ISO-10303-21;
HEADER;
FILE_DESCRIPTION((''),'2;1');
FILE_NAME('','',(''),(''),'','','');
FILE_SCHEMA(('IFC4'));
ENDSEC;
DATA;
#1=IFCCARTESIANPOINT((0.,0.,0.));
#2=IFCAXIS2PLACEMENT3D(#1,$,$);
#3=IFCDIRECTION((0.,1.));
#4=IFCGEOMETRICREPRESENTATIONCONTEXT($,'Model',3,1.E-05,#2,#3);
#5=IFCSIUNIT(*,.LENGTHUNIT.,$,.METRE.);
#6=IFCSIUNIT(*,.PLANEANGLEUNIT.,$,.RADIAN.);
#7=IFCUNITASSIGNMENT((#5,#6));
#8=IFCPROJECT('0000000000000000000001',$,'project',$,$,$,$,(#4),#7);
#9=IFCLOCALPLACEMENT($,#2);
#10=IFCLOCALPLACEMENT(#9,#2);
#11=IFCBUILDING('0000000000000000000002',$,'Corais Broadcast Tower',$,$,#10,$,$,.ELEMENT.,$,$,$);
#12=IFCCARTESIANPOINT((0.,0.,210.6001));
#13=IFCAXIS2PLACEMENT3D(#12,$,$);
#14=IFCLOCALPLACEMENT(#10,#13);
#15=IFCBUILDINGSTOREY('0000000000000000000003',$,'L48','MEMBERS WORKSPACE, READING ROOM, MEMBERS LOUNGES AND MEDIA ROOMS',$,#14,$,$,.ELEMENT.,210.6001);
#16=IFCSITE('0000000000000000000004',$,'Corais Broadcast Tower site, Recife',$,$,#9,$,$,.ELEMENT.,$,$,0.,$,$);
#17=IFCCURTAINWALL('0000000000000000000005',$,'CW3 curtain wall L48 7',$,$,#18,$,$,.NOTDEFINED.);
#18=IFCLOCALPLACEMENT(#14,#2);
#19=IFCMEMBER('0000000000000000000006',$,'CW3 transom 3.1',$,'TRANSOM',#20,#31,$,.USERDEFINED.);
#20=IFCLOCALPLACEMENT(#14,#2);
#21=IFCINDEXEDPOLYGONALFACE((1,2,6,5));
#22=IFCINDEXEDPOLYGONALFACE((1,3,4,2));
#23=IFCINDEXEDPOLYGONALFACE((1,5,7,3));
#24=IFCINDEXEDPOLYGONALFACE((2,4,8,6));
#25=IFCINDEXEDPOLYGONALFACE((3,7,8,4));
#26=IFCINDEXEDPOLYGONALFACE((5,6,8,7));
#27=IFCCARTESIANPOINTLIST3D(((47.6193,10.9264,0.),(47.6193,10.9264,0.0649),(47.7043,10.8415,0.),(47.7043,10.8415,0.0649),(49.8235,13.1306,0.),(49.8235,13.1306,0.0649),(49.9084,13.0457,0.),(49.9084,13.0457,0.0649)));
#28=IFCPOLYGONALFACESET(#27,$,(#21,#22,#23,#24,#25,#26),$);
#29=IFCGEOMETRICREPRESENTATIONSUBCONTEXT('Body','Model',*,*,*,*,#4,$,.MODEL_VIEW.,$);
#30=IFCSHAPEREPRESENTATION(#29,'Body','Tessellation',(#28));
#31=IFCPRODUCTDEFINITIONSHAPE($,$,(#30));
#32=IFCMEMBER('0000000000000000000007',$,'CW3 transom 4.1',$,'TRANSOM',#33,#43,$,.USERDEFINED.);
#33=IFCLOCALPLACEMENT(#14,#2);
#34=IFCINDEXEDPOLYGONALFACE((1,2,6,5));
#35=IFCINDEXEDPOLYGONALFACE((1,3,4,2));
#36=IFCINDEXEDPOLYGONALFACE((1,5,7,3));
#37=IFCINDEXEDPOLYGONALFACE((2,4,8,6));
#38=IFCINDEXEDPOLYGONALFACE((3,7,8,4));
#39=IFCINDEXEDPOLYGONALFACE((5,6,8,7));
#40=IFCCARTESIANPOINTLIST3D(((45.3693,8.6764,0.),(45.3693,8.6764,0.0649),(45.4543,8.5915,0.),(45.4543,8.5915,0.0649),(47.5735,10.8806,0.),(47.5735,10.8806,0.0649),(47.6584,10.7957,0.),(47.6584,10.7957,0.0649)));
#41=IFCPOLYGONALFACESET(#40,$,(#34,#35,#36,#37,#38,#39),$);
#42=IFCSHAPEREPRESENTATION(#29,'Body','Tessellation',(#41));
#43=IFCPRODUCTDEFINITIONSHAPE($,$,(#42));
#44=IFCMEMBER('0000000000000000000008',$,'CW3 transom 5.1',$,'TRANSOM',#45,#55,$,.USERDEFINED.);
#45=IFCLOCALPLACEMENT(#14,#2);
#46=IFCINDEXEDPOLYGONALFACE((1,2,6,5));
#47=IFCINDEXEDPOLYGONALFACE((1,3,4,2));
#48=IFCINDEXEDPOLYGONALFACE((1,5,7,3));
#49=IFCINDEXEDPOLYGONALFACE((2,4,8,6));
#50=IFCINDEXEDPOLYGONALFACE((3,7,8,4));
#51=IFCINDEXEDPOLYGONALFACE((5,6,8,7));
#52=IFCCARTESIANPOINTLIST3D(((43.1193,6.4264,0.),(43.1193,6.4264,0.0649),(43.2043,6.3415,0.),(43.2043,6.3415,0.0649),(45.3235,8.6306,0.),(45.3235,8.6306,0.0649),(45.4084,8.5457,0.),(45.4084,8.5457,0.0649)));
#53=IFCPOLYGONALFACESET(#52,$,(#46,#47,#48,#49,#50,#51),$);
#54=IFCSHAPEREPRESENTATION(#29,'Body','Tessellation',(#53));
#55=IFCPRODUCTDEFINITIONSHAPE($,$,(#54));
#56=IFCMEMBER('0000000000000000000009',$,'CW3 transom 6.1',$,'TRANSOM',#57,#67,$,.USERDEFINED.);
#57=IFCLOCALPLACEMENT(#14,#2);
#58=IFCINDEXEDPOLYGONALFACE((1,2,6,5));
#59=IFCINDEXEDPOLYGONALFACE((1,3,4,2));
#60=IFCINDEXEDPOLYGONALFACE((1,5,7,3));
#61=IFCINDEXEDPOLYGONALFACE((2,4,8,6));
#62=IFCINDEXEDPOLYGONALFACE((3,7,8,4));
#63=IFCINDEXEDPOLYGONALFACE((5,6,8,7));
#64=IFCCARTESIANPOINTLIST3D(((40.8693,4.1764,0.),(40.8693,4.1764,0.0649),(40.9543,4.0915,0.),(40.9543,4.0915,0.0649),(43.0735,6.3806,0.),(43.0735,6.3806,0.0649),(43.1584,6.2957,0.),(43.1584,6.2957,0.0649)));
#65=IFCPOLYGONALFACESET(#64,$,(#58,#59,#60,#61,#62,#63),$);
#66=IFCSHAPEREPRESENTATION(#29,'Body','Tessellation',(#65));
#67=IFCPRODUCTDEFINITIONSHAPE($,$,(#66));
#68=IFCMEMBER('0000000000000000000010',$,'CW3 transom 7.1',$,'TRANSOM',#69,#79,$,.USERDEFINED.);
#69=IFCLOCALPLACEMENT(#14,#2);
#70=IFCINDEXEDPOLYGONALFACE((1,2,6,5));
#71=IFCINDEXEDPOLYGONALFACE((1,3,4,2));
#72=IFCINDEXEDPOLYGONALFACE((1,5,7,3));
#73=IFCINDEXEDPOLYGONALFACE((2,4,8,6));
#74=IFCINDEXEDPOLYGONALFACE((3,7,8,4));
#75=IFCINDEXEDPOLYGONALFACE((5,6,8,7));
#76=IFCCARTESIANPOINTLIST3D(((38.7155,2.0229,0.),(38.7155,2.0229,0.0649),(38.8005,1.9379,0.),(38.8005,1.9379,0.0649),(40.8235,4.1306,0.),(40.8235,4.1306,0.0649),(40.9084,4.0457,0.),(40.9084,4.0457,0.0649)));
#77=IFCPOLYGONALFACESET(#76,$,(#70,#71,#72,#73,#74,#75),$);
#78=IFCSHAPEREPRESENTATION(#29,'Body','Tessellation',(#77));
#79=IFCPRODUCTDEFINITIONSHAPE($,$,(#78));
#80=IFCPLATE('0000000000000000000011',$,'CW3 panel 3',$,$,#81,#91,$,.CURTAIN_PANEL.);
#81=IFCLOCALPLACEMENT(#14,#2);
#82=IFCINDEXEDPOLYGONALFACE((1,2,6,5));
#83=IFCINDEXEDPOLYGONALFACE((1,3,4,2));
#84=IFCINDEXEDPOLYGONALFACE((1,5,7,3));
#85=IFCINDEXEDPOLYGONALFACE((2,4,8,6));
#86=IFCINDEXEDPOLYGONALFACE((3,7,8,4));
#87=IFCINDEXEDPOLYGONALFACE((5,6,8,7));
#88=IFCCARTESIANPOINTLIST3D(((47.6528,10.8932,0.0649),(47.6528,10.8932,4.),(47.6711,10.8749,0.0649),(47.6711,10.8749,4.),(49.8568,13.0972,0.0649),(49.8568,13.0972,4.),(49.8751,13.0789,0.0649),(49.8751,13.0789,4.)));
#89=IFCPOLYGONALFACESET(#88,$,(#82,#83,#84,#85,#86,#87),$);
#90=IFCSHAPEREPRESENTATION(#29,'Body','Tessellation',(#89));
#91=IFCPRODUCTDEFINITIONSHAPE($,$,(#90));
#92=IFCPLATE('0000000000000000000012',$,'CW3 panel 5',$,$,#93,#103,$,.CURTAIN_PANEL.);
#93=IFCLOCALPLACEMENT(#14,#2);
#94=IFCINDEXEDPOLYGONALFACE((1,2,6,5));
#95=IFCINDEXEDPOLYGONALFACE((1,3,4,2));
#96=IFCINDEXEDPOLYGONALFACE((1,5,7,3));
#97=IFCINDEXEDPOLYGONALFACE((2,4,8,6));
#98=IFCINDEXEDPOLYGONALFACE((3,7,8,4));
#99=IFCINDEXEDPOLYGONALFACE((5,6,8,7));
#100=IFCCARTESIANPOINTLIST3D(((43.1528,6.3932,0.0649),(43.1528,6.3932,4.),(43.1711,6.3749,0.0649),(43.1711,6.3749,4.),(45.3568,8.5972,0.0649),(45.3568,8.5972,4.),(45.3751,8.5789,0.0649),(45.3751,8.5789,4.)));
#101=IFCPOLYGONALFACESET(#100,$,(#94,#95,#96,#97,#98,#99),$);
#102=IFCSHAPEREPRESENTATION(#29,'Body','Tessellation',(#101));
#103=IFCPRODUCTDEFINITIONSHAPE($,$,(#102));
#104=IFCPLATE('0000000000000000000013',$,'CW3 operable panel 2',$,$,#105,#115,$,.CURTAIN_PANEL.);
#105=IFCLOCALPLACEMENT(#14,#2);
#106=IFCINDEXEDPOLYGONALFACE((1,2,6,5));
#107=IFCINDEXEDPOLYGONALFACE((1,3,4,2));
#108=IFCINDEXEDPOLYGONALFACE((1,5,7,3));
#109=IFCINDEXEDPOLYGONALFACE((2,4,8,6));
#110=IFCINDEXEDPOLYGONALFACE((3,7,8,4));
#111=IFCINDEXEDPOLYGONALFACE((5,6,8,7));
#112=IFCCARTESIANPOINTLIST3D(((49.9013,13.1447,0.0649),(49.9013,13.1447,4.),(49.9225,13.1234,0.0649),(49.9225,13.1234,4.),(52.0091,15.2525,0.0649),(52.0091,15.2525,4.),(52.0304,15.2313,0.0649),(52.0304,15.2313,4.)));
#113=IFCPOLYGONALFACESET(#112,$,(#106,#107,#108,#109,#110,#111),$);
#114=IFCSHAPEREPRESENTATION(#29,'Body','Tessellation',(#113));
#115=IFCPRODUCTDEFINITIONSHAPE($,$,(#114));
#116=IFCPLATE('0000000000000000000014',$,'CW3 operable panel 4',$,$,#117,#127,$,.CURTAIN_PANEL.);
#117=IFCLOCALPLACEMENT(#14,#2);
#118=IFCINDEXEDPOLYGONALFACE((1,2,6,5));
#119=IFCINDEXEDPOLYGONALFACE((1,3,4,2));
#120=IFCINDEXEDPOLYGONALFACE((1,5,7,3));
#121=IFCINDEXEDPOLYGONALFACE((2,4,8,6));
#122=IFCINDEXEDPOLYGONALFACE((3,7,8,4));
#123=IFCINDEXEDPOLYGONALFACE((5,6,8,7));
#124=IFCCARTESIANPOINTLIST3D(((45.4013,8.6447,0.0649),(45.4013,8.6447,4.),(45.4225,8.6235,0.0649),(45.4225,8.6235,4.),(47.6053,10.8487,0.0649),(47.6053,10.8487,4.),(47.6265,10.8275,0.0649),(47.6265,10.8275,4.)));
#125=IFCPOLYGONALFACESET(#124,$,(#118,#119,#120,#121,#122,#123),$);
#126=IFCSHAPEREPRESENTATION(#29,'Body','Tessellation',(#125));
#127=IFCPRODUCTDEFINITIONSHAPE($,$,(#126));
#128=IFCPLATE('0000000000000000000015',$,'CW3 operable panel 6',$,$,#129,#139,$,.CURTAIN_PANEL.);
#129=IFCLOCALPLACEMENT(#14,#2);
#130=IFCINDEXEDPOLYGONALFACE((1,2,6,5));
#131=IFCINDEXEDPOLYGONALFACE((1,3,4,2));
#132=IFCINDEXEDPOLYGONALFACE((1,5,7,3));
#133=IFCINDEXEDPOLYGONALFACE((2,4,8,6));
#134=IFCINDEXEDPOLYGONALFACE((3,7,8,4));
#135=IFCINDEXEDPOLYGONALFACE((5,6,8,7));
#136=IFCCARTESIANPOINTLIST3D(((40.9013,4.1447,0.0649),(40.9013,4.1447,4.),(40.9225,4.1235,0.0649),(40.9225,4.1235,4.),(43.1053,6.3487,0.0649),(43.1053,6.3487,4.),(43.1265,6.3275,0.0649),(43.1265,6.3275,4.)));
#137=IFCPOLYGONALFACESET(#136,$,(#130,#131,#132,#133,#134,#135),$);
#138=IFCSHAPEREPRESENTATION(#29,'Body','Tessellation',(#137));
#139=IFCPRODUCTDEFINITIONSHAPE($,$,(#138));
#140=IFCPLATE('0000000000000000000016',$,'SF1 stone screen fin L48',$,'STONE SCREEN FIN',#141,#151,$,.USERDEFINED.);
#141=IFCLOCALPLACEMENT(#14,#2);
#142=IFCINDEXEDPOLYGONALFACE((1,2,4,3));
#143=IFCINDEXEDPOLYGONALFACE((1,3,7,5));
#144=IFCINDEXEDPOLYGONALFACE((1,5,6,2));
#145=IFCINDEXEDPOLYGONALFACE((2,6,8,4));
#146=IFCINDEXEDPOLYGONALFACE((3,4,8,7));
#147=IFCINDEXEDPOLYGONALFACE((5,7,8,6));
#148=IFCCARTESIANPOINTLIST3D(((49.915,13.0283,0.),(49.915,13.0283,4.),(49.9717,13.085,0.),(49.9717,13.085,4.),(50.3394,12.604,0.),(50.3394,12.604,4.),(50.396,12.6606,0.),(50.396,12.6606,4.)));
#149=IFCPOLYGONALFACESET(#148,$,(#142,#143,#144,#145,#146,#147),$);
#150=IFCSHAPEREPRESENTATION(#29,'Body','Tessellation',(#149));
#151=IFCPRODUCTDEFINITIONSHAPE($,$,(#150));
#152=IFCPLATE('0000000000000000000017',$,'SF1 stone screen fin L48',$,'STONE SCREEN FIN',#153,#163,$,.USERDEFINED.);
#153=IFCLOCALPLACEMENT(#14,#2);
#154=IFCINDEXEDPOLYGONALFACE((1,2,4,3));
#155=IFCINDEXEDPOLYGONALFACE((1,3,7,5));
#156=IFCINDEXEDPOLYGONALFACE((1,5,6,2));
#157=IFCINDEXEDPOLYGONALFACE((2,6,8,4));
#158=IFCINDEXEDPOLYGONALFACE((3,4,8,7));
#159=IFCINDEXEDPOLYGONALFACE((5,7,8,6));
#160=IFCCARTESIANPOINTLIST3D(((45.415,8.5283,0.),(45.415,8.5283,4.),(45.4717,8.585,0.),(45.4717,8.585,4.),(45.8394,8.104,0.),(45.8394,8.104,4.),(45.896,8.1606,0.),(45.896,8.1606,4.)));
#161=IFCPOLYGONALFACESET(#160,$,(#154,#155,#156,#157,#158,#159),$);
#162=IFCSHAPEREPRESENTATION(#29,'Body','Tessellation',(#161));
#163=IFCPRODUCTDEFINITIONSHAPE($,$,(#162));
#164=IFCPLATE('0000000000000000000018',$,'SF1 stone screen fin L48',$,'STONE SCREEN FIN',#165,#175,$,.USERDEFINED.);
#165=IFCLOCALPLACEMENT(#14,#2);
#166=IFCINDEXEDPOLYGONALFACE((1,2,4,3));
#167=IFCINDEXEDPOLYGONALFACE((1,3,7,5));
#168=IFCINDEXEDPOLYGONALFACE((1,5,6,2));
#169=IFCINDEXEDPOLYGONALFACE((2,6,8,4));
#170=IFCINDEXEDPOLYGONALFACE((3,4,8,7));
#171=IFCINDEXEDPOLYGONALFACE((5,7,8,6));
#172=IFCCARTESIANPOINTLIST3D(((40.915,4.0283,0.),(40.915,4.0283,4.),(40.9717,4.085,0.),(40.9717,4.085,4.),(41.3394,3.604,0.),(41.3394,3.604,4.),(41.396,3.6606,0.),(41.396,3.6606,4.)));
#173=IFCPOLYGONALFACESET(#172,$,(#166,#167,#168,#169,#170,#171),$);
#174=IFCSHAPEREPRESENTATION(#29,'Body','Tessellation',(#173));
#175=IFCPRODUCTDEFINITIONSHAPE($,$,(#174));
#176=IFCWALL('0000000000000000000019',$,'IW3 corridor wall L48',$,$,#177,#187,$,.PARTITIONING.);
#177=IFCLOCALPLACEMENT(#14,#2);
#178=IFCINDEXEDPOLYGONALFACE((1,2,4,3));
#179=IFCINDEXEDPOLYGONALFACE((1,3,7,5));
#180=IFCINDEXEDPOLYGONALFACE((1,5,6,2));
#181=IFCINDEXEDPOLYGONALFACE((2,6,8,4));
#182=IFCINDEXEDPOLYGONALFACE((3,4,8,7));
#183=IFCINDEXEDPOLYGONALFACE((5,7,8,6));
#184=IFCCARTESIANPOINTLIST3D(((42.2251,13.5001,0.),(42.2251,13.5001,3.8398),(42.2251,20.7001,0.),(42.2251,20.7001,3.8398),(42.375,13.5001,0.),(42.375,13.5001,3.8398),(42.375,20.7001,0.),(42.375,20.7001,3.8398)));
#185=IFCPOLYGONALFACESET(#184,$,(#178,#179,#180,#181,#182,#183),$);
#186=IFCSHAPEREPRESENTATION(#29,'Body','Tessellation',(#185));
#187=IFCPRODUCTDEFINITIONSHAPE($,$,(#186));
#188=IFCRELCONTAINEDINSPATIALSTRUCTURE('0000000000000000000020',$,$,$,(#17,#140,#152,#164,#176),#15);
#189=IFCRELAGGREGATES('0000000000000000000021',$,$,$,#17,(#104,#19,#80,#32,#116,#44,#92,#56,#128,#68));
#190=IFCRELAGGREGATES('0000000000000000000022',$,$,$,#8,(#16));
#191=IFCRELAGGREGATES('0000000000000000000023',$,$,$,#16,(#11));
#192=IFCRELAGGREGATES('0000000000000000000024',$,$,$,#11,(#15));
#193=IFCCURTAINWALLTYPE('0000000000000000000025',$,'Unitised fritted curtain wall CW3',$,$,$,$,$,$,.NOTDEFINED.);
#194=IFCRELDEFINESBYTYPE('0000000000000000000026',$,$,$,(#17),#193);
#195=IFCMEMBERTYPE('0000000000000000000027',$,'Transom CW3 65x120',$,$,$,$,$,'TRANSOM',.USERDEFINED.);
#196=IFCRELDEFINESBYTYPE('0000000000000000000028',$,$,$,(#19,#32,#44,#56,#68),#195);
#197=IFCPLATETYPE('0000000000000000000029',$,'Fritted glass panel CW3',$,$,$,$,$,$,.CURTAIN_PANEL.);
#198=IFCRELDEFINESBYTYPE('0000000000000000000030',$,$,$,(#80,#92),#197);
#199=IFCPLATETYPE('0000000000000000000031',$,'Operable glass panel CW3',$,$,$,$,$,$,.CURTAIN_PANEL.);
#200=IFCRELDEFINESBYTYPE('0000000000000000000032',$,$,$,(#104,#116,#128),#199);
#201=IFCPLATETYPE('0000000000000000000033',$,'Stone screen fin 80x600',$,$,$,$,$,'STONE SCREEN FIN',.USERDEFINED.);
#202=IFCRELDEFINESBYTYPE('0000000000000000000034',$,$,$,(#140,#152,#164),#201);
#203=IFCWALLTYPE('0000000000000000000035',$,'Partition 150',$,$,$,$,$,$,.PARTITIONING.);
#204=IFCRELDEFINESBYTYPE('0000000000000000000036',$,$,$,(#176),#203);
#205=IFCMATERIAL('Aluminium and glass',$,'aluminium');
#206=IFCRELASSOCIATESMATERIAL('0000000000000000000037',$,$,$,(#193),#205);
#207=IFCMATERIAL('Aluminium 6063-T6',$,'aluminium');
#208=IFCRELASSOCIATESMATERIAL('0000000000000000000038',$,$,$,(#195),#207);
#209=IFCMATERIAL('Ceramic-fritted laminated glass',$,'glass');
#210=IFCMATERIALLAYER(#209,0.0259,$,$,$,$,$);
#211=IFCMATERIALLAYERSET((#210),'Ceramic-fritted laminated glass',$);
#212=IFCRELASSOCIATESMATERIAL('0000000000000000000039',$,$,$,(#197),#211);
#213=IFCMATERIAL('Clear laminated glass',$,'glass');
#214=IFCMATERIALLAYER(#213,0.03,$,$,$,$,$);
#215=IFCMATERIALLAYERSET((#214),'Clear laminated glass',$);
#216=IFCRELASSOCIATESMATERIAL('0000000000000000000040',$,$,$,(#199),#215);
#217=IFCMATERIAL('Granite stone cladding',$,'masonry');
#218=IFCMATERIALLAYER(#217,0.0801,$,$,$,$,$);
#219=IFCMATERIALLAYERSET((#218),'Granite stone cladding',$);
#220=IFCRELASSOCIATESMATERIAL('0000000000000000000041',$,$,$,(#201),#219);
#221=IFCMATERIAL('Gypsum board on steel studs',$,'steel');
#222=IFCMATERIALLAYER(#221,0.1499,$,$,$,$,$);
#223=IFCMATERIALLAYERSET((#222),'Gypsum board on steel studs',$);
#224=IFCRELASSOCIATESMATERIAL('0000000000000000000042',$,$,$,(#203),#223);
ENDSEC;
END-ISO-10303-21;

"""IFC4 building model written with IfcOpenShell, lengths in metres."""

from ifc_helpers import new_model, si_unit, direction, frame, frame_2d, origin, origin_2d, place, context, subcontext, project, spatial, rectangle, extrude, material, layer, layer_set, material_profile, profile_set, type_object, element, aggregate, save


model = new_model("IFC4")

# Units and contexts
model_context = context("Model", 3, precision=1e-05, world=origin(), true_north=direction((0.0, 1.0)))
body_context = subcontext(model_context, "Body", "Model", "MODEL_VIEW")
ifc_project = project(units=[si_unit("LENGTHUNIT", "METRE"), si_unit("PLANEANGLEUNIT", "RADIAN")], contexts=[model_context])

# Site, building, storey
site_placement = place(None, origin())
site = spatial("IfcSite", under=ifc_project, at=site_placement, Name="Corais Broadcast Tower site, Recife", CompositionType="ELEMENT", RefElevation=0.0)
building_placement = place(site_placement, origin())
building = spatial("IfcBuilding", under=site, at=building_placement, Name="Corais Broadcast Tower", CompositionType="ELEMENT")
storey_placement = place(building_placement, frame((0.0, 0.0, 210.6001)))
storey = spatial("IfcBuildingStorey", under=building, at=storey_placement, Name="L48", Description="MEMBERS WORKSPACE, READING ROOM, MEMBERS LOUNGES AND MEDIA ROOMS", CompositionType="ELEMENT", Elevation=210.6001)

# Curtain wall
ifc_material_1 = material(Name="Aluminium and glass", Category="aluminium")
curtain_wall_type = type_object("IfcCurtainWallType", Name="Unitised fritted curtain wall CW3", PredefinedType="NOTDEFINED", material=ifc_material_1)
curtain_wall_placement = place(storey_placement, origin())
curtain_wall = element("IfcCurtainWall", 1, at=curtain_wall_placement, inside=storey, type_object=curtain_wall_type, Name="CW3 curtain wall L48 7", PredefinedType="NOTDEFINED")

# Members
ifc_material_2 = material(Name="Aluminium 6063-T6", Category="aluminium")
ifc_material_profile_1 = material_profile(ifc_material_2, rectangle(XDim=0.1201, YDim=0.0649, at=origin_2d()), Name="Transom CW3 65x120")
ifc_profile_set_1 = profile_set([ifc_material_profile_1], Name="Aluminium 6063-T6")
member_type_1 = type_object("IfcMemberType", Name="Transom CW3 65x120", ElementType="TRANSOM", PredefinedType="USERDEFINED", material=ifc_profile_set_1)
member_1_placement = place(storey_placement, frame((49.866, 13.0881, 0.0325), z_axis=(-0.707107, -0.707107, 0.0), x_axis=(0.707107, -0.707107, 0.0)))
member_1 = element("IfcMember", 2, at=member_1_placement, type_object=member_type_1, Name="CW3 transom 3.1", ObjectType="TRANSOM", PredefinedType="USERDEFINED", context=body_context, shape_type="SweptSolid", body=[
    extrude(rectangle(XDim=0.1201, YDim=0.0649, at=origin_2d()), origin(), (0.0, 0.0, 1.0), 3.1172),
])
member_2_placement = place(storey_placement, frame((47.616, 10.8381, 0.0325), z_axis=(-0.707107, -0.707107, 0.0), x_axis=(0.707107, -0.707107, 0.0)))
member_2 = element("IfcMember", 3, at=member_2_placement, type_object=member_type_1, Name="CW3 transom 4.1", ObjectType="TRANSOM", PredefinedType="USERDEFINED", context=body_context, shape_type="SweptSolid", body=[
    extrude(rectangle(XDim=0.1201, YDim=0.0649, at=origin_2d()), origin(), (0.0, 0.0, 1.0), 3.1172),
])
member_3_placement = place(storey_placement, frame((45.366, 8.5881, 0.0325), z_axis=(-0.707107, -0.707107, 0.0), x_axis=(0.707107, -0.707107, 0.0)))
member_3 = element("IfcMember", 4, at=member_3_placement, type_object=member_type_1, Name="CW3 transom 5.1", ObjectType="TRANSOM", PredefinedType="USERDEFINED", context=body_context, shape_type="SweptSolid", body=[
    extrude(rectangle(XDim=0.1201, YDim=0.0649, at=origin_2d()), origin(), (0.0, 0.0, 1.0), 3.1172),
])
member_4_placement = place(storey_placement, frame((43.116, 6.3381, 0.0325), z_axis=(-0.707107, -0.707107, 0.0), x_axis=(0.707107, -0.707107, 0.0)))
member_4 = element("IfcMember", 5, at=member_4_placement, type_object=member_type_1, Name="CW3 transom 6.1", ObjectType="TRANSOM", PredefinedType="USERDEFINED", context=body_context, shape_type="SweptSolid", body=[
    extrude(rectangle(XDim=0.1201, YDim=0.0649, at=origin_2d()), origin(), (0.0, 0.0, 1.0), 3.1172),
])
member_5_placement = place(storey_placement, frame((40.866, 4.0881, 0.0325), z_axis=(-0.707148, -0.707066, 0.0), x_axis=(0.707066, -0.707148, 0.0)))
member_5 = element("IfcMember", 6, at=member_5_placement, type_object=member_type_1, Name="CW3 transom 7.1", ObjectType="TRANSOM", PredefinedType="USERDEFINED", context=body_context, shape_type="SweptSolid", body=[
    extrude(rectangle(XDim=0.1201, YDim=0.0649, at=origin_2d()), origin(), (0.0, 0.0, 1.0), 2.981),
])

# Plates
ifc_material_3 = material(Name="Ceramic-fritted laminated glass", Category="glass")
ifc_layer_1 = layer(ifc_material_3, 0.0259)
ifc_layer_set_1 = layer_set([ifc_layer_1], Name="Ceramic-fritted laminated glass")
plate_type_1 = type_object("IfcPlateType", Name="Fritted glass panel CW3", PredefinedType="CURTAIN_PANEL", material=ifc_layer_set_1)
plate_1_placement = place(storey_placement, frame((48.7639, 11.9861, 0.0649), z_axis=(0.0, 0.0, 1.0), x_axis=(-0.707107, -0.707107, 0.0)))
plate_1 = element("IfcPlate", 7, at=plate_1_placement, type_object=plate_type_1, Name="CW3 panel 3", PredefinedType="CURTAIN_PANEL", context=body_context, shape_type="SweptSolid", body=[
    extrude(rectangle(XDim=3.1169, YDim=0.0259, at=origin_2d()), origin(), (0.0, 0.0, 1.0), 3.9351),
])
plate_2_placement = place(storey_placement, frame((44.2639, 7.4861, 0.0649), z_axis=(0.0, 0.0, 1.0), x_axis=(-0.707107, -0.707107, 0.0)))
plate_2 = element("IfcPlate", 8, at=plate_2_placement, type_object=plate_type_1, Name="CW3 panel 5", PredefinedType="CURTAIN_PANEL", context=body_context, shape_type="SweptSolid", body=[
    extrude(rectangle(XDim=3.1169, YDim=0.0259, at=origin_2d()), origin(), (0.0, 0.0, 1.0), 3.9351),
])
ifc_material_4 = material(Name="Clear laminated glass", Category="glass")
ifc_layer_2 = layer(ifc_material_4, 0.03)
ifc_layer_set_2 = layer_set([ifc_layer_2], Name="Clear laminated glass")
plate_type_2 = type_object("IfcPlateType", Name="Operable glass panel CW3", PredefinedType="CURTAIN_PANEL", material=ifc_layer_set_2)
plate_3_placement = place(storey_placement, frame((50.9658, 14.188, 0.0649), z_axis=(0.0, 0.0, 1.0), x_axis=(-0.707107, -0.707107, 0.0)))
plate_3 = element("IfcPlate", 9, at=plate_3_placement, type_object=plate_type_2, Name="CW3 operable panel 2", PredefinedType="CURTAIN_PANEL", context=body_context, shape_type="SweptSolid", body=[
    extrude(rectangle(XDim=2.981, YDim=0.03, at=origin_2d()), origin(), (0.0, 0.0, 1.0), 3.9351),
])
plate_4_placement = place(storey_placement, frame((46.5139, 9.7361, 0.0649), z_axis=(0.0, 0.0, 1.0), x_axis=(-0.707107, -0.707107, 0.0)))
plate_4 = element("IfcPlate", 10, at=plate_4_placement, type_object=plate_type_2, Name="CW3 operable panel 4", PredefinedType="CURTAIN_PANEL", context=body_context, shape_type="SweptSolid", body=[
    extrude(rectangle(XDim=3.1169, YDim=0.03, at=origin_2d()), origin(), (0.0, 0.0, 1.0), 3.9351),
])
plate_5_placement = place(storey_placement, frame((42.0139, 5.2361, 0.0649), z_axis=(0.0, 0.0, 1.0), x_axis=(-0.707107, -0.707107, 0.0)))
plate_5 = element("IfcPlate", 11, at=plate_5_placement, type_object=plate_type_2, Name="CW3 operable panel 6", PredefinedType="CURTAIN_PANEL", context=body_context, shape_type="SweptSolid", body=[
    extrude(rectangle(XDim=3.1169, YDim=0.03, at=origin_2d()), origin(), (0.0, 0.0, 1.0), 3.9351),
])
aggregate(curtain_wall, [plate_3, member_1, plate_1, member_2, plate_4, member_3, plate_2, member_4, plate_5, member_5])

# Plates
ifc_material_5 = material(Name="Granite stone cladding", Category="masonry")
ifc_layer_3 = layer(ifc_material_5, 0.0801)
ifc_layer_set_3 = layer_set([ifc_layer_3], Name="Granite stone cladding")
plate_type_3 = type_object("IfcPlateType", Name="Stone screen fin 80x600", ElementType="STONE SCREEN FIN", PredefinedType="USERDEFINED", material=ifc_layer_set_3)
for number, where, z_axis, x_axis, name in (
    (12, (50.1555, 12.8445, 0.0), (0.0, 0.0, 1.0), (-0.707107, -0.707107, 0.0), "SF1 stone screen fin L48"),
    (13, (45.6555, 8.3445, 0.0), (0.0, 0.0, 1.0), (-0.707107, -0.707107, 0.0), "SF1 stone screen fin L48"),
    (14, (41.1555, 3.8445, 0.0), (0.0, 0.0, 1.0), (-0.707107, -0.707107, 0.0), "SF1 stone screen fin L48"),
):
    element("IfcPlate", number, at=place(storey_placement, frame(where, z_axis=z_axis, x_axis=x_axis)), inside=storey, type_object=plate_type_3, Name=name, ObjectType="STONE SCREEN FIN", PredefinedType="USERDEFINED", context=body_context, shape_type="SweptSolid", body=[
        extrude(rectangle(XDim=0.0801, YDim=0.6001, at=origin_2d()), origin(), (0.0, 0.0, 1.0), 4.0),
    ])

# Wall
ifc_material_6 = material(Name="Gypsum board on steel studs", Category="steel")
ifc_layer_4 = layer(ifc_material_6, 0.1499)
ifc_layer_set_4 = layer_set([ifc_layer_4], Name="Gypsum board on steel studs")
wall_type = type_object("IfcWallType", Name="Partition 150", PredefinedType="PARTITIONING", material=ifc_layer_set_4)
wall_placement = place(storey_placement, frame((42.3, 13.5, 0.0), z_axis=(0.0, 0.0, 1.0), x_axis=(0.0, 1.0, 0.0)))
element("IfcWall", 15, at=wall_placement, inside=storey, type_object=wall_type, Name="IW3 corridor wall L48", PredefinedType="PARTITIONING", context=body_context, shape_type="SweptSolid", body=[
    extrude(rectangle(XDim=7.2, YDim=0.1499, at=frame_2d((3.6001, 0.0))), origin(), (0.0, 0.0, 1.0), 3.8398),
])

save(model, "model.ifc")
